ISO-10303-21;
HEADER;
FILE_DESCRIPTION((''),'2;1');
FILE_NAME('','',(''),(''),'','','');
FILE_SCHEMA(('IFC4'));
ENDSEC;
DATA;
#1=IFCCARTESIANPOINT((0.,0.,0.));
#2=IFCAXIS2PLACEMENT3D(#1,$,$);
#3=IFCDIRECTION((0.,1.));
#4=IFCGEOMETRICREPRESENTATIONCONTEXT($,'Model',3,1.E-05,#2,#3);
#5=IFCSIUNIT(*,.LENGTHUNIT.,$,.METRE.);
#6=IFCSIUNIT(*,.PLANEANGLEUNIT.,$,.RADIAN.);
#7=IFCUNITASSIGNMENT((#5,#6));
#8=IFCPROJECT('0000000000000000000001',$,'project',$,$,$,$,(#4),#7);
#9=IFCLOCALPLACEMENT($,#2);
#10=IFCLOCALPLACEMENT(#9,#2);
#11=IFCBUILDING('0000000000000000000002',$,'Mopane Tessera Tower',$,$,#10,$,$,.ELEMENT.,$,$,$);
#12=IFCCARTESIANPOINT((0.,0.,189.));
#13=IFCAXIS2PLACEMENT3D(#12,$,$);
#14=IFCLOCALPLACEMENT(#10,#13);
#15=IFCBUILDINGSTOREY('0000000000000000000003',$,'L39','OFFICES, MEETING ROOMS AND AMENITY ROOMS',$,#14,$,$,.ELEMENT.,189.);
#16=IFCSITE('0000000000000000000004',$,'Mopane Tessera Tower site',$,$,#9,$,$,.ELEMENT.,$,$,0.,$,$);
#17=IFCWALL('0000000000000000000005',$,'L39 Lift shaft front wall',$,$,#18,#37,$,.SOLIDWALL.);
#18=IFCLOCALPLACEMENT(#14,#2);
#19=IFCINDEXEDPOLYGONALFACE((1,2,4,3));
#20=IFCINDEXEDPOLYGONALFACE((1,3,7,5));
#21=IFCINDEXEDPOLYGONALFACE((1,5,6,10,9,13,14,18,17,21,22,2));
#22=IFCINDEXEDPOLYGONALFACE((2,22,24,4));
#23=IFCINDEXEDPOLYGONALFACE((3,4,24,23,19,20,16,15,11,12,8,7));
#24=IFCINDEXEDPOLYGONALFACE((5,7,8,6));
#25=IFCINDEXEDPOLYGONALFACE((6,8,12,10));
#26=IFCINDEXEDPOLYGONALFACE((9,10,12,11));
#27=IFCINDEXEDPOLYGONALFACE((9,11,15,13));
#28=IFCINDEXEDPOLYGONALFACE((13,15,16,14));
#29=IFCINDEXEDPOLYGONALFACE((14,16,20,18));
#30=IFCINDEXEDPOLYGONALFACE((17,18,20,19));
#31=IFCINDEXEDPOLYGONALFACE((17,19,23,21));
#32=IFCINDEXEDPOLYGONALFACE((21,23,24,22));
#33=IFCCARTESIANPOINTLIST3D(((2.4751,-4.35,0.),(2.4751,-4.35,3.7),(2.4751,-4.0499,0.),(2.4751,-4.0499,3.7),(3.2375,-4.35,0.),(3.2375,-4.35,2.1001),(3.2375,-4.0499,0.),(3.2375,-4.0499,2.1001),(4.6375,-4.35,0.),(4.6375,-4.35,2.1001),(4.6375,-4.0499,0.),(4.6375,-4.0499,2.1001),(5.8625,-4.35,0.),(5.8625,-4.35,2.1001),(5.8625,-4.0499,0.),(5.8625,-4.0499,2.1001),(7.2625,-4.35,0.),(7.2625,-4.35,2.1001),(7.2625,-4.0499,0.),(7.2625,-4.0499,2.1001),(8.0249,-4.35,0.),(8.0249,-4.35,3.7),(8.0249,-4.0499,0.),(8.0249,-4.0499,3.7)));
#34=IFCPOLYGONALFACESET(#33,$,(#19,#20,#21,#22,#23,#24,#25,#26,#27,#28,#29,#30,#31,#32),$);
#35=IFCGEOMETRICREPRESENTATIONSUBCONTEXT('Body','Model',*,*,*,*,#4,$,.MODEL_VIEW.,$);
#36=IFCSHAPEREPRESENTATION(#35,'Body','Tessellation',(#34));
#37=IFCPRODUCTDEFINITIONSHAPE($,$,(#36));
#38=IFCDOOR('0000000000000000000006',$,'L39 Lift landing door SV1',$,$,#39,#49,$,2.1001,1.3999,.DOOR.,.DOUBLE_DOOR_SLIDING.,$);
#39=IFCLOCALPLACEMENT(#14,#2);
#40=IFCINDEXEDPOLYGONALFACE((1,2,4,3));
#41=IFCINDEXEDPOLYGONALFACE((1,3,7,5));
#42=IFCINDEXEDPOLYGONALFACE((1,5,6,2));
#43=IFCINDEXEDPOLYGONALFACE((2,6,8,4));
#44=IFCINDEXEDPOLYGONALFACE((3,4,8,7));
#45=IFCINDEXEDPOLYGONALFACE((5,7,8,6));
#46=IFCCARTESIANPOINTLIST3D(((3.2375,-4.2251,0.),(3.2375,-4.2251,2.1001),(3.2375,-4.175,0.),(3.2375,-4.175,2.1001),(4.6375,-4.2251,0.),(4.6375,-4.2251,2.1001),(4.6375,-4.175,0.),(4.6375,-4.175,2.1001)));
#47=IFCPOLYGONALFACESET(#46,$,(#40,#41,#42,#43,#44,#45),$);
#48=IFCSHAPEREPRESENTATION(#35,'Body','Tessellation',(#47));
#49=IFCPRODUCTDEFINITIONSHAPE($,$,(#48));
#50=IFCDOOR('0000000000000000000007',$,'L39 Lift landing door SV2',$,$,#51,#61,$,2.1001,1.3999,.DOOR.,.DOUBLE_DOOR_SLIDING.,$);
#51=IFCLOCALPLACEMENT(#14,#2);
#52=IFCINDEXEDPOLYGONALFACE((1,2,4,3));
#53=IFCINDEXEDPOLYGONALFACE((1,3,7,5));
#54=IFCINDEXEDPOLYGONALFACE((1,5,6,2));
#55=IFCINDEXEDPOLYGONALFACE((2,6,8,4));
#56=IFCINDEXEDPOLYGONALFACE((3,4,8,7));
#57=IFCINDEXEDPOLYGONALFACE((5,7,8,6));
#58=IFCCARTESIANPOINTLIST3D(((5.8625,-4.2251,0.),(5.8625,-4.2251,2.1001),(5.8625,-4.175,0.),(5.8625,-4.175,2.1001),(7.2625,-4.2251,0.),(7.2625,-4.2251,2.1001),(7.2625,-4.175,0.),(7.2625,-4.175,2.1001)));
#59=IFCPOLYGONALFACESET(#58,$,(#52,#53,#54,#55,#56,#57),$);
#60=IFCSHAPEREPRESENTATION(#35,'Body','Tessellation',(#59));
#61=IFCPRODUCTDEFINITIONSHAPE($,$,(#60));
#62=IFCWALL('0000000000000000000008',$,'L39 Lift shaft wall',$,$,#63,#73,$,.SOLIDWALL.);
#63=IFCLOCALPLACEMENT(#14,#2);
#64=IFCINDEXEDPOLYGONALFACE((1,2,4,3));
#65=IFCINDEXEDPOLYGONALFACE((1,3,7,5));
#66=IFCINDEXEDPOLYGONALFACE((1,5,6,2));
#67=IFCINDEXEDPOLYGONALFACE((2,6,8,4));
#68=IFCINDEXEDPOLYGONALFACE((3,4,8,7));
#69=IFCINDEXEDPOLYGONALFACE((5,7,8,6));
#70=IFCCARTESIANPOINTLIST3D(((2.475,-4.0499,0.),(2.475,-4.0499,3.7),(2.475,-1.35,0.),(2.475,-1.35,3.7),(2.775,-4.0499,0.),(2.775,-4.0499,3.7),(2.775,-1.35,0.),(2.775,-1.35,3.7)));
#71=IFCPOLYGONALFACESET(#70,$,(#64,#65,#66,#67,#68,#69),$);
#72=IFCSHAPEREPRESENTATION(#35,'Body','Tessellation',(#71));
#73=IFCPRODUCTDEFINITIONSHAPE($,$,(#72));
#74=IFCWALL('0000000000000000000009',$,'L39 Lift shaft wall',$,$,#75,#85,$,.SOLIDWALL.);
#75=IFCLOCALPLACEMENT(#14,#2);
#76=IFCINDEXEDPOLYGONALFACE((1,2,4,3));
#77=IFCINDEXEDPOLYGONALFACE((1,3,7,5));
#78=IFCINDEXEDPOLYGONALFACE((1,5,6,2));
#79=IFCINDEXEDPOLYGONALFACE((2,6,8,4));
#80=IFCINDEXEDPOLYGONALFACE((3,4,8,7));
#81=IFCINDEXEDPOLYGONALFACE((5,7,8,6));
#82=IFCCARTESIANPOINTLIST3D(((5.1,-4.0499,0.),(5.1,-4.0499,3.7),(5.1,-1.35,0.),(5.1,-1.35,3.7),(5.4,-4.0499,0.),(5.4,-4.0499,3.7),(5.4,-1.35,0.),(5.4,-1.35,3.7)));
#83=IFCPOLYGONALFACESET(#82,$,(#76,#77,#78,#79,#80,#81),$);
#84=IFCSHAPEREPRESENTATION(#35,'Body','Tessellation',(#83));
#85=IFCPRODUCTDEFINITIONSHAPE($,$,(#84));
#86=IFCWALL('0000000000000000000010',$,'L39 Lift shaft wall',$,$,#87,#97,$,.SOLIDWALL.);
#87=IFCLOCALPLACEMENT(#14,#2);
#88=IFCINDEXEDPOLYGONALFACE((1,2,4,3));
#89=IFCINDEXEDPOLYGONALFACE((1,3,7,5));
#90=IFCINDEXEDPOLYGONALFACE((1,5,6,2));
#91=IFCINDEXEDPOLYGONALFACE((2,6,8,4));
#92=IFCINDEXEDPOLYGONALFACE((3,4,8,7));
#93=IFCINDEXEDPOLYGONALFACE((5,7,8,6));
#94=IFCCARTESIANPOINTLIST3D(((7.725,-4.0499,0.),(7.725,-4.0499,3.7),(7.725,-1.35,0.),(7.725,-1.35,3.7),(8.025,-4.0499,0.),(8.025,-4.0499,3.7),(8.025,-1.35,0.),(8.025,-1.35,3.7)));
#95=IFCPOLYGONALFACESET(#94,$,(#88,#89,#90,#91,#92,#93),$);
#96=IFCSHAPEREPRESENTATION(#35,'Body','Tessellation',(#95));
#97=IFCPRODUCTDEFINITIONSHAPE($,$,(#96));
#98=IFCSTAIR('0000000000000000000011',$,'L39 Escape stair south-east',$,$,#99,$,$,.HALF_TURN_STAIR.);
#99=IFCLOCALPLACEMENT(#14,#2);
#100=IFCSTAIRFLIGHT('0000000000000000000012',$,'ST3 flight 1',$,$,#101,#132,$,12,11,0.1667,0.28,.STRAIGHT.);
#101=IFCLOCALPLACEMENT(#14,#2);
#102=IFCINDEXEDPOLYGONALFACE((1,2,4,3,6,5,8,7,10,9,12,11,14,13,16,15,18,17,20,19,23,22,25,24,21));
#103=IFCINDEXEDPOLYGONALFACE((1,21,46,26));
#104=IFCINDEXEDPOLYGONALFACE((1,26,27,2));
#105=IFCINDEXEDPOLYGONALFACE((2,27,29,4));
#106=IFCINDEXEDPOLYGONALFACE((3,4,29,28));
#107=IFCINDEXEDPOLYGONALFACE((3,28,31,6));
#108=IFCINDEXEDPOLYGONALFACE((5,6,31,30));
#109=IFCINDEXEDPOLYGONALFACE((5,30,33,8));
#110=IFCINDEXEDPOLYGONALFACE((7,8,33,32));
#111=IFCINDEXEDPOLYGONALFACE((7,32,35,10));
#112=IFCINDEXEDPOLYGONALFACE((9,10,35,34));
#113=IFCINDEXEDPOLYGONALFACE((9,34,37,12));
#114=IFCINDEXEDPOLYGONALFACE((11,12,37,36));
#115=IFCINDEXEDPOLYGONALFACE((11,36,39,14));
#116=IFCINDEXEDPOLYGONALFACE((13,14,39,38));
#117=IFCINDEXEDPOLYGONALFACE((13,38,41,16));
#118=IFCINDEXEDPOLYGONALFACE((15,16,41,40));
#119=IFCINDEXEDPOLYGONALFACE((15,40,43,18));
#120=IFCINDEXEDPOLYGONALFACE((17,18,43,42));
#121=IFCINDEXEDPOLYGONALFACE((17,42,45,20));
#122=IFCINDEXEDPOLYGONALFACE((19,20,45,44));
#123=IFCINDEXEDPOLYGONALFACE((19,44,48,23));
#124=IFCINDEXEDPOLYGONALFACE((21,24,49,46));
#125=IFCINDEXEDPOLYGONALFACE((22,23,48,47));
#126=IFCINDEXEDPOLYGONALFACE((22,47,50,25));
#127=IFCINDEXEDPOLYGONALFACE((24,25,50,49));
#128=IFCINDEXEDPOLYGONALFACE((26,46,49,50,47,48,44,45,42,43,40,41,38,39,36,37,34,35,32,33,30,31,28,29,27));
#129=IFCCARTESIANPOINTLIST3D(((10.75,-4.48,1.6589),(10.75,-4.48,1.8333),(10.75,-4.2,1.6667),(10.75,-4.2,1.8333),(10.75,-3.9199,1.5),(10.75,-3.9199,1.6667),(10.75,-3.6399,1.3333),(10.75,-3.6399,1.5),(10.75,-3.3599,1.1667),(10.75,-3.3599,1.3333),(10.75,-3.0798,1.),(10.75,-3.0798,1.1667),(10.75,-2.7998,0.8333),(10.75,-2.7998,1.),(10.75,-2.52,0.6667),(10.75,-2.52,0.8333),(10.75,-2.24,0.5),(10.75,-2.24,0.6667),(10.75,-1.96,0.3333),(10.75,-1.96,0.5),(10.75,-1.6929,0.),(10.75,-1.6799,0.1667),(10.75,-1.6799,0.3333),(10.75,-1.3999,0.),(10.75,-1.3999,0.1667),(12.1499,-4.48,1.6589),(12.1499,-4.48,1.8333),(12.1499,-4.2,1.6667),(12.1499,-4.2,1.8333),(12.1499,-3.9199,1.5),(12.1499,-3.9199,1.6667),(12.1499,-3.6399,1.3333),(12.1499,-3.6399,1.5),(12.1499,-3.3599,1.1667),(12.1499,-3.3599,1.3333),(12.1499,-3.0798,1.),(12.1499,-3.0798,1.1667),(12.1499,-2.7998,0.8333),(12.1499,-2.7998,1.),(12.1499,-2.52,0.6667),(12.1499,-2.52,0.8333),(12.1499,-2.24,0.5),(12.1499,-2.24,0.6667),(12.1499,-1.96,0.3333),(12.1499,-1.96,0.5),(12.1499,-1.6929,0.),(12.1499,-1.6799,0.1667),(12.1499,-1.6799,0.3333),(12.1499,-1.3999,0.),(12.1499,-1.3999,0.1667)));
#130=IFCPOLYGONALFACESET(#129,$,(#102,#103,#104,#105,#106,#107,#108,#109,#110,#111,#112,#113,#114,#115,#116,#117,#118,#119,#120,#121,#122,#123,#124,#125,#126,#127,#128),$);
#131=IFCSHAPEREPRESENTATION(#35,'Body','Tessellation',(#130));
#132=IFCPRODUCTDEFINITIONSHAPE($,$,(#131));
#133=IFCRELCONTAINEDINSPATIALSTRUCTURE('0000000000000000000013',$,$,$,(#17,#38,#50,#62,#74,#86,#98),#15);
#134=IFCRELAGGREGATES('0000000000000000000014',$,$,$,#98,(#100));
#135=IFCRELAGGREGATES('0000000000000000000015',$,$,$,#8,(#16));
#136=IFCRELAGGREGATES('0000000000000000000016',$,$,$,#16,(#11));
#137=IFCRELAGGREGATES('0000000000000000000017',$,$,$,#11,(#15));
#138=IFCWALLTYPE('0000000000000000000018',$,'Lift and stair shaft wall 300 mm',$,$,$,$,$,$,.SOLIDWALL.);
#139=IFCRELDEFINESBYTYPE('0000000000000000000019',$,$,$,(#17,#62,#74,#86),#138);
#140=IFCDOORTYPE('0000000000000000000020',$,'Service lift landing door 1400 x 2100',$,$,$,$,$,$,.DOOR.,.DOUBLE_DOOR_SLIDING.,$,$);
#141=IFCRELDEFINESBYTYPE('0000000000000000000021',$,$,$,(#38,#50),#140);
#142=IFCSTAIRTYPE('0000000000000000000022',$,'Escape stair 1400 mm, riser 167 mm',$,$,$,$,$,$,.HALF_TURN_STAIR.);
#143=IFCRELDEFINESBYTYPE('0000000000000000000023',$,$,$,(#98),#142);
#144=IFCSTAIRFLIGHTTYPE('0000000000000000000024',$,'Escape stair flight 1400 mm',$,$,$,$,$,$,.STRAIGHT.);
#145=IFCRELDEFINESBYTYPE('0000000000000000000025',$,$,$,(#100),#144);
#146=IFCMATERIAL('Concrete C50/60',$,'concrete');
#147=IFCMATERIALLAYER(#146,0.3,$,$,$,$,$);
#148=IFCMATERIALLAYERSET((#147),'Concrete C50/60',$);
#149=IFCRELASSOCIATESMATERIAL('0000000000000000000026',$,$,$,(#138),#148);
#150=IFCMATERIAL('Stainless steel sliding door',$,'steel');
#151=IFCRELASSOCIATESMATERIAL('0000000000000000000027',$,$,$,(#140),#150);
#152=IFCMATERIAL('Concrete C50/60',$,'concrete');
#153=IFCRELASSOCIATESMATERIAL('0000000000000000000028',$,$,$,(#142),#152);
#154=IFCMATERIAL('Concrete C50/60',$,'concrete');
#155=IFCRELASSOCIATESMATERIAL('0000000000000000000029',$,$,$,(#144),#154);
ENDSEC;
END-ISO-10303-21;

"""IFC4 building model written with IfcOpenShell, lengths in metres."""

from ifc_helpers import new_model, si_unit, direction, frame, frame_2d, origin, place, context, subcontext, project, spatial, polyline, rectangle, outline, extrude, material, layer, layer_set, type_object, element, fill, aggregate, save


model = new_model("IFC4")

# Units and contexts
model_context = context("Model", 3, precision=1e-05, world=origin(), true_north=direction((0.0, 1.0)))
body_context = subcontext(model_context, "Body", "Model", "MODEL_VIEW")
ifc_project = project(units=[si_unit("LENGTHUNIT", "METRE"), si_unit("PLANEANGLEUNIT", "RADIAN")], contexts=[model_context])

# Site, building, storey
site_placement = place(None, origin())
site = spatial("IfcSite", under=ifc_project, at=site_placement, Name="Mopane Tessera Tower site", CompositionType="ELEMENT", RefElevation=0.0)
building_placement = place(site_placement, origin())
building = spatial("IfcBuilding", under=site, at=building_placement, Name="Mopane Tessera Tower", CompositionType="ELEMENT")
storey_placement = place(building_placement, frame((0.0, 0.0, 189.0)))
storey = spatial("IfcBuildingStorey", under=building, at=storey_placement, Name="L39", Description="OFFICES, MEETING ROOMS AND AMENITY ROOMS", CompositionType="ELEMENT", Elevation=189.0)

# Shared definitions
ifc_material_1 = material(Name="Concrete C50/60", Category="concrete")
ifc_layer_1 = layer(ifc_material_1, 0.3)
ifc_layer_set_1 = layer_set([ifc_layer_1], Name="Concrete C50/60")
wall_type_1 = type_object("IfcWallType", Name="Lift and stair shaft wall 300 mm", PredefinedType="SOLIDWALL", material=ifc_layer_set_1)

# Wall, openings, doors
wall_1_placement = place(storey_placement, frame((2.4751, -4.2, 0.0), z_axis=(0.0, 0.0, 1.0), x_axis=(1.0, 0.0, 0.0)))
wall_1 = element("IfcWall", 1, at=wall_1_placement, inside=storey, type_object=wall_type_1, Name="L39 Lift shaft front wall", PredefinedType="SOLIDWALL", context=body_context, shape_type="SweptSolid", body=[
    extrude(rectangle(XDim=5.5498, YDim=0.3, at=frame_2d((2.7749, 0.0))), origin(), (0.0, 0.0, 1.0), 3.7),
])
opening_1_placement = place(wall_1_placement, frame((0.7625, 0.0, 0.0)))
opening_1 = element("IfcOpeningElement", 2, at=opening_1_placement, cuts=wall_1, PredefinedType="OPENING", context=body_context, shape_type="SweptSolid", body=[
    extrude(rectangle(XDim=1.3999, YDim=2.1001, at=frame_2d((0.7, 1.05))), frame((0.0, 0.1621, 0.0), z_axis=(0.0, -1.0, 0.0), x_axis=(1.0, 0.0, 0.0)), (0.0, 0.0, 1.0), 0.324),
])
opening_2_placement = place(wall_1_placement, frame((3.3875, 0.0, 0.0)))
opening_2 = element("IfcOpeningElement", 3, at=opening_2_placement, cuts=wall_1, PredefinedType="OPENING", context=body_context, shape_type="SweptSolid", body=[
    extrude(rectangle(XDim=1.3999, YDim=2.1001, at=frame_2d((0.7, 1.05))), frame((0.0, 0.1621, 0.0), z_axis=(0.0, -1.0, 0.0), x_axis=(1.0, 0.0, 0.0)), (0.0, 0.0, 1.0), 0.324),
])
ifc_material_2 = material(Name="Stainless steel sliding door", Category="steel")
door_type = type_object("IfcDoorType", Name="Service lift landing door 1400 x 2100", OperationType="DOUBLE_DOOR_SLIDING", PredefinedType="DOOR", material=ifc_material_2)
door_1_placement = place(opening_1_placement, origin())
door_1 = element("IfcDoor", 4, at=door_1_placement, inside=storey, type_object=door_type, Name="L39 Lift landing door SV1", OperationType="DOUBLE_DOOR_SLIDING", OverallHeight=2.1001, OverallWidth=1.3999, PredefinedType="DOOR", context=body_context, shape_type="SweptSolid", body=[
    extrude(rectangle(XDim=1.3999, YDim=2.1001, at=frame_2d((0.7, 1.05))), frame((0.0, 0.0249, 0.0), z_axis=(0.0, -1.0, 0.0), x_axis=(1.0, 0.0, 0.0)), (0.0, 0.0, 1.0), 0.05),
])
fill(opening_1, door_1)
door_2_placement = place(opening_2_placement, origin())
door_2 = element("IfcDoor", 5, at=door_2_placement, inside=storey, type_object=door_type, Name="L39 Lift landing door SV2", OperationType="DOUBLE_DOOR_SLIDING", OverallHeight=2.1001, OverallWidth=1.3999, PredefinedType="DOOR", context=body_context, shape_type="SweptSolid", body=[
    extrude(rectangle(XDim=1.3999, YDim=2.1001, at=frame_2d((0.7, 1.05))), frame((0.0, 0.0249, 0.0), z_axis=(0.0, -1.0, 0.0), x_axis=(1.0, 0.0, 0.0)), (0.0, 0.0, 1.0), 0.05),
])
fill(opening_2, door_2)

# Walls
for number, where, z_axis, x_axis, name in (
    (6, (2.625, -4.05, 0.0), (0.0, 0.0, 1.0), (0.0, 1.0, 0.0), "L39 Lift shaft wall"),
    (7, (5.25, -4.05, 0.0), (0.0, 0.0, 1.0), (0.0, 1.0, 0.0), "L39 Lift shaft wall"),
    (8, (7.875, -4.05, 0.0), (0.0, 0.0, 1.0), (0.0, 1.0, 0.0), "L39 Lift shaft wall"),
):
    element("IfcWall", number, at=place(storey_placement, frame(where, z_axis=z_axis, x_axis=x_axis)), inside=storey, type_object=wall_type_1, Name=name, PredefinedType="SOLIDWALL", context=body_context, shape_type="SweptSolid", body=[
        extrude(rectangle(XDim=2.7, YDim=0.3, at=frame_2d((1.3501, 0.0))), origin(), (0.0, 0.0, 1.0), 3.7),
    ])

# Stair, stair flight
ifc_material_3 = material(Name="Concrete C50/60", Category="concrete")
stair_type = type_object("IfcStairType", Name="Escape stair 1400 mm, riser 167 mm", PredefinedType="HALF_TURN_STAIR", material=ifc_material_3)
stair_placement = place(storey_placement, origin())
stair = element("IfcStair", 9, at=stair_placement, inside=storey, type_object=stair_type, Name="L39 Escape stair south-east", PredefinedType="HALF_TURN_STAIR")
ifc_material_4 = material(Name="Concrete C50/60", Category="concrete")
stair_flight_type = type_object("IfcStairFlightType", Name="Escape stair flight 1400 mm", PredefinedType="STRAIGHT", material=ifc_material_4)
stair_flight_placement = place(storey_placement, frame((11.45, -1.3999, 0.0), z_axis=(0.0, 0.0, 1.0), x_axis=(0.0, -1.0, 0.0)))
stair_flight = element("IfcStairFlight", 10, at=stair_flight_placement, type_object=stair_flight_type, Name="ST3 flight 1", NumberOfRisers=12, NumberOfTreads=11, PredefinedType="STRAIGHT", RiserHeight=0.1667, TreadLength=0.28, context=body_context, shape_type="SweptSolid", body=[
    extrude(outline(polyline([(0.0, 0.0), (0.0, 0.1667), (0.28, 0.1667), (0.28, 0.3333), (0.5601, 0.3333), (0.5601, 0.5), (0.8401, 0.5), (0.8401, 0.6667), (1.1201, 0.6667), (1.1201, 0.8333), (1.3999, 0.8333), (1.3999, 1.0), (1.6799, 1.0), (1.6799, 1.1667), (1.96, 1.1667), (1.96, 1.3333), (2.24, 1.3333), (2.24, 1.5), (2.52, 1.5), (2.52, 1.6667), (2.8, 1.6667), (2.8, 1.8333), (3.0801, 1.8333), (3.0801, 2.0), (3.0801, 1.6589), (0.293, 0.0), (0.0, 0.0)])), frame((0.0, 0.7, 0.0), z_axis=(0.0, -1.0, 0.0), x_axis=(1.0, 0.0, 0.0)), (0.0, 0.0, 1.0), 1.3999),
])
aggregate(stair, [stair_flight])

save(model, "model.ifc")
